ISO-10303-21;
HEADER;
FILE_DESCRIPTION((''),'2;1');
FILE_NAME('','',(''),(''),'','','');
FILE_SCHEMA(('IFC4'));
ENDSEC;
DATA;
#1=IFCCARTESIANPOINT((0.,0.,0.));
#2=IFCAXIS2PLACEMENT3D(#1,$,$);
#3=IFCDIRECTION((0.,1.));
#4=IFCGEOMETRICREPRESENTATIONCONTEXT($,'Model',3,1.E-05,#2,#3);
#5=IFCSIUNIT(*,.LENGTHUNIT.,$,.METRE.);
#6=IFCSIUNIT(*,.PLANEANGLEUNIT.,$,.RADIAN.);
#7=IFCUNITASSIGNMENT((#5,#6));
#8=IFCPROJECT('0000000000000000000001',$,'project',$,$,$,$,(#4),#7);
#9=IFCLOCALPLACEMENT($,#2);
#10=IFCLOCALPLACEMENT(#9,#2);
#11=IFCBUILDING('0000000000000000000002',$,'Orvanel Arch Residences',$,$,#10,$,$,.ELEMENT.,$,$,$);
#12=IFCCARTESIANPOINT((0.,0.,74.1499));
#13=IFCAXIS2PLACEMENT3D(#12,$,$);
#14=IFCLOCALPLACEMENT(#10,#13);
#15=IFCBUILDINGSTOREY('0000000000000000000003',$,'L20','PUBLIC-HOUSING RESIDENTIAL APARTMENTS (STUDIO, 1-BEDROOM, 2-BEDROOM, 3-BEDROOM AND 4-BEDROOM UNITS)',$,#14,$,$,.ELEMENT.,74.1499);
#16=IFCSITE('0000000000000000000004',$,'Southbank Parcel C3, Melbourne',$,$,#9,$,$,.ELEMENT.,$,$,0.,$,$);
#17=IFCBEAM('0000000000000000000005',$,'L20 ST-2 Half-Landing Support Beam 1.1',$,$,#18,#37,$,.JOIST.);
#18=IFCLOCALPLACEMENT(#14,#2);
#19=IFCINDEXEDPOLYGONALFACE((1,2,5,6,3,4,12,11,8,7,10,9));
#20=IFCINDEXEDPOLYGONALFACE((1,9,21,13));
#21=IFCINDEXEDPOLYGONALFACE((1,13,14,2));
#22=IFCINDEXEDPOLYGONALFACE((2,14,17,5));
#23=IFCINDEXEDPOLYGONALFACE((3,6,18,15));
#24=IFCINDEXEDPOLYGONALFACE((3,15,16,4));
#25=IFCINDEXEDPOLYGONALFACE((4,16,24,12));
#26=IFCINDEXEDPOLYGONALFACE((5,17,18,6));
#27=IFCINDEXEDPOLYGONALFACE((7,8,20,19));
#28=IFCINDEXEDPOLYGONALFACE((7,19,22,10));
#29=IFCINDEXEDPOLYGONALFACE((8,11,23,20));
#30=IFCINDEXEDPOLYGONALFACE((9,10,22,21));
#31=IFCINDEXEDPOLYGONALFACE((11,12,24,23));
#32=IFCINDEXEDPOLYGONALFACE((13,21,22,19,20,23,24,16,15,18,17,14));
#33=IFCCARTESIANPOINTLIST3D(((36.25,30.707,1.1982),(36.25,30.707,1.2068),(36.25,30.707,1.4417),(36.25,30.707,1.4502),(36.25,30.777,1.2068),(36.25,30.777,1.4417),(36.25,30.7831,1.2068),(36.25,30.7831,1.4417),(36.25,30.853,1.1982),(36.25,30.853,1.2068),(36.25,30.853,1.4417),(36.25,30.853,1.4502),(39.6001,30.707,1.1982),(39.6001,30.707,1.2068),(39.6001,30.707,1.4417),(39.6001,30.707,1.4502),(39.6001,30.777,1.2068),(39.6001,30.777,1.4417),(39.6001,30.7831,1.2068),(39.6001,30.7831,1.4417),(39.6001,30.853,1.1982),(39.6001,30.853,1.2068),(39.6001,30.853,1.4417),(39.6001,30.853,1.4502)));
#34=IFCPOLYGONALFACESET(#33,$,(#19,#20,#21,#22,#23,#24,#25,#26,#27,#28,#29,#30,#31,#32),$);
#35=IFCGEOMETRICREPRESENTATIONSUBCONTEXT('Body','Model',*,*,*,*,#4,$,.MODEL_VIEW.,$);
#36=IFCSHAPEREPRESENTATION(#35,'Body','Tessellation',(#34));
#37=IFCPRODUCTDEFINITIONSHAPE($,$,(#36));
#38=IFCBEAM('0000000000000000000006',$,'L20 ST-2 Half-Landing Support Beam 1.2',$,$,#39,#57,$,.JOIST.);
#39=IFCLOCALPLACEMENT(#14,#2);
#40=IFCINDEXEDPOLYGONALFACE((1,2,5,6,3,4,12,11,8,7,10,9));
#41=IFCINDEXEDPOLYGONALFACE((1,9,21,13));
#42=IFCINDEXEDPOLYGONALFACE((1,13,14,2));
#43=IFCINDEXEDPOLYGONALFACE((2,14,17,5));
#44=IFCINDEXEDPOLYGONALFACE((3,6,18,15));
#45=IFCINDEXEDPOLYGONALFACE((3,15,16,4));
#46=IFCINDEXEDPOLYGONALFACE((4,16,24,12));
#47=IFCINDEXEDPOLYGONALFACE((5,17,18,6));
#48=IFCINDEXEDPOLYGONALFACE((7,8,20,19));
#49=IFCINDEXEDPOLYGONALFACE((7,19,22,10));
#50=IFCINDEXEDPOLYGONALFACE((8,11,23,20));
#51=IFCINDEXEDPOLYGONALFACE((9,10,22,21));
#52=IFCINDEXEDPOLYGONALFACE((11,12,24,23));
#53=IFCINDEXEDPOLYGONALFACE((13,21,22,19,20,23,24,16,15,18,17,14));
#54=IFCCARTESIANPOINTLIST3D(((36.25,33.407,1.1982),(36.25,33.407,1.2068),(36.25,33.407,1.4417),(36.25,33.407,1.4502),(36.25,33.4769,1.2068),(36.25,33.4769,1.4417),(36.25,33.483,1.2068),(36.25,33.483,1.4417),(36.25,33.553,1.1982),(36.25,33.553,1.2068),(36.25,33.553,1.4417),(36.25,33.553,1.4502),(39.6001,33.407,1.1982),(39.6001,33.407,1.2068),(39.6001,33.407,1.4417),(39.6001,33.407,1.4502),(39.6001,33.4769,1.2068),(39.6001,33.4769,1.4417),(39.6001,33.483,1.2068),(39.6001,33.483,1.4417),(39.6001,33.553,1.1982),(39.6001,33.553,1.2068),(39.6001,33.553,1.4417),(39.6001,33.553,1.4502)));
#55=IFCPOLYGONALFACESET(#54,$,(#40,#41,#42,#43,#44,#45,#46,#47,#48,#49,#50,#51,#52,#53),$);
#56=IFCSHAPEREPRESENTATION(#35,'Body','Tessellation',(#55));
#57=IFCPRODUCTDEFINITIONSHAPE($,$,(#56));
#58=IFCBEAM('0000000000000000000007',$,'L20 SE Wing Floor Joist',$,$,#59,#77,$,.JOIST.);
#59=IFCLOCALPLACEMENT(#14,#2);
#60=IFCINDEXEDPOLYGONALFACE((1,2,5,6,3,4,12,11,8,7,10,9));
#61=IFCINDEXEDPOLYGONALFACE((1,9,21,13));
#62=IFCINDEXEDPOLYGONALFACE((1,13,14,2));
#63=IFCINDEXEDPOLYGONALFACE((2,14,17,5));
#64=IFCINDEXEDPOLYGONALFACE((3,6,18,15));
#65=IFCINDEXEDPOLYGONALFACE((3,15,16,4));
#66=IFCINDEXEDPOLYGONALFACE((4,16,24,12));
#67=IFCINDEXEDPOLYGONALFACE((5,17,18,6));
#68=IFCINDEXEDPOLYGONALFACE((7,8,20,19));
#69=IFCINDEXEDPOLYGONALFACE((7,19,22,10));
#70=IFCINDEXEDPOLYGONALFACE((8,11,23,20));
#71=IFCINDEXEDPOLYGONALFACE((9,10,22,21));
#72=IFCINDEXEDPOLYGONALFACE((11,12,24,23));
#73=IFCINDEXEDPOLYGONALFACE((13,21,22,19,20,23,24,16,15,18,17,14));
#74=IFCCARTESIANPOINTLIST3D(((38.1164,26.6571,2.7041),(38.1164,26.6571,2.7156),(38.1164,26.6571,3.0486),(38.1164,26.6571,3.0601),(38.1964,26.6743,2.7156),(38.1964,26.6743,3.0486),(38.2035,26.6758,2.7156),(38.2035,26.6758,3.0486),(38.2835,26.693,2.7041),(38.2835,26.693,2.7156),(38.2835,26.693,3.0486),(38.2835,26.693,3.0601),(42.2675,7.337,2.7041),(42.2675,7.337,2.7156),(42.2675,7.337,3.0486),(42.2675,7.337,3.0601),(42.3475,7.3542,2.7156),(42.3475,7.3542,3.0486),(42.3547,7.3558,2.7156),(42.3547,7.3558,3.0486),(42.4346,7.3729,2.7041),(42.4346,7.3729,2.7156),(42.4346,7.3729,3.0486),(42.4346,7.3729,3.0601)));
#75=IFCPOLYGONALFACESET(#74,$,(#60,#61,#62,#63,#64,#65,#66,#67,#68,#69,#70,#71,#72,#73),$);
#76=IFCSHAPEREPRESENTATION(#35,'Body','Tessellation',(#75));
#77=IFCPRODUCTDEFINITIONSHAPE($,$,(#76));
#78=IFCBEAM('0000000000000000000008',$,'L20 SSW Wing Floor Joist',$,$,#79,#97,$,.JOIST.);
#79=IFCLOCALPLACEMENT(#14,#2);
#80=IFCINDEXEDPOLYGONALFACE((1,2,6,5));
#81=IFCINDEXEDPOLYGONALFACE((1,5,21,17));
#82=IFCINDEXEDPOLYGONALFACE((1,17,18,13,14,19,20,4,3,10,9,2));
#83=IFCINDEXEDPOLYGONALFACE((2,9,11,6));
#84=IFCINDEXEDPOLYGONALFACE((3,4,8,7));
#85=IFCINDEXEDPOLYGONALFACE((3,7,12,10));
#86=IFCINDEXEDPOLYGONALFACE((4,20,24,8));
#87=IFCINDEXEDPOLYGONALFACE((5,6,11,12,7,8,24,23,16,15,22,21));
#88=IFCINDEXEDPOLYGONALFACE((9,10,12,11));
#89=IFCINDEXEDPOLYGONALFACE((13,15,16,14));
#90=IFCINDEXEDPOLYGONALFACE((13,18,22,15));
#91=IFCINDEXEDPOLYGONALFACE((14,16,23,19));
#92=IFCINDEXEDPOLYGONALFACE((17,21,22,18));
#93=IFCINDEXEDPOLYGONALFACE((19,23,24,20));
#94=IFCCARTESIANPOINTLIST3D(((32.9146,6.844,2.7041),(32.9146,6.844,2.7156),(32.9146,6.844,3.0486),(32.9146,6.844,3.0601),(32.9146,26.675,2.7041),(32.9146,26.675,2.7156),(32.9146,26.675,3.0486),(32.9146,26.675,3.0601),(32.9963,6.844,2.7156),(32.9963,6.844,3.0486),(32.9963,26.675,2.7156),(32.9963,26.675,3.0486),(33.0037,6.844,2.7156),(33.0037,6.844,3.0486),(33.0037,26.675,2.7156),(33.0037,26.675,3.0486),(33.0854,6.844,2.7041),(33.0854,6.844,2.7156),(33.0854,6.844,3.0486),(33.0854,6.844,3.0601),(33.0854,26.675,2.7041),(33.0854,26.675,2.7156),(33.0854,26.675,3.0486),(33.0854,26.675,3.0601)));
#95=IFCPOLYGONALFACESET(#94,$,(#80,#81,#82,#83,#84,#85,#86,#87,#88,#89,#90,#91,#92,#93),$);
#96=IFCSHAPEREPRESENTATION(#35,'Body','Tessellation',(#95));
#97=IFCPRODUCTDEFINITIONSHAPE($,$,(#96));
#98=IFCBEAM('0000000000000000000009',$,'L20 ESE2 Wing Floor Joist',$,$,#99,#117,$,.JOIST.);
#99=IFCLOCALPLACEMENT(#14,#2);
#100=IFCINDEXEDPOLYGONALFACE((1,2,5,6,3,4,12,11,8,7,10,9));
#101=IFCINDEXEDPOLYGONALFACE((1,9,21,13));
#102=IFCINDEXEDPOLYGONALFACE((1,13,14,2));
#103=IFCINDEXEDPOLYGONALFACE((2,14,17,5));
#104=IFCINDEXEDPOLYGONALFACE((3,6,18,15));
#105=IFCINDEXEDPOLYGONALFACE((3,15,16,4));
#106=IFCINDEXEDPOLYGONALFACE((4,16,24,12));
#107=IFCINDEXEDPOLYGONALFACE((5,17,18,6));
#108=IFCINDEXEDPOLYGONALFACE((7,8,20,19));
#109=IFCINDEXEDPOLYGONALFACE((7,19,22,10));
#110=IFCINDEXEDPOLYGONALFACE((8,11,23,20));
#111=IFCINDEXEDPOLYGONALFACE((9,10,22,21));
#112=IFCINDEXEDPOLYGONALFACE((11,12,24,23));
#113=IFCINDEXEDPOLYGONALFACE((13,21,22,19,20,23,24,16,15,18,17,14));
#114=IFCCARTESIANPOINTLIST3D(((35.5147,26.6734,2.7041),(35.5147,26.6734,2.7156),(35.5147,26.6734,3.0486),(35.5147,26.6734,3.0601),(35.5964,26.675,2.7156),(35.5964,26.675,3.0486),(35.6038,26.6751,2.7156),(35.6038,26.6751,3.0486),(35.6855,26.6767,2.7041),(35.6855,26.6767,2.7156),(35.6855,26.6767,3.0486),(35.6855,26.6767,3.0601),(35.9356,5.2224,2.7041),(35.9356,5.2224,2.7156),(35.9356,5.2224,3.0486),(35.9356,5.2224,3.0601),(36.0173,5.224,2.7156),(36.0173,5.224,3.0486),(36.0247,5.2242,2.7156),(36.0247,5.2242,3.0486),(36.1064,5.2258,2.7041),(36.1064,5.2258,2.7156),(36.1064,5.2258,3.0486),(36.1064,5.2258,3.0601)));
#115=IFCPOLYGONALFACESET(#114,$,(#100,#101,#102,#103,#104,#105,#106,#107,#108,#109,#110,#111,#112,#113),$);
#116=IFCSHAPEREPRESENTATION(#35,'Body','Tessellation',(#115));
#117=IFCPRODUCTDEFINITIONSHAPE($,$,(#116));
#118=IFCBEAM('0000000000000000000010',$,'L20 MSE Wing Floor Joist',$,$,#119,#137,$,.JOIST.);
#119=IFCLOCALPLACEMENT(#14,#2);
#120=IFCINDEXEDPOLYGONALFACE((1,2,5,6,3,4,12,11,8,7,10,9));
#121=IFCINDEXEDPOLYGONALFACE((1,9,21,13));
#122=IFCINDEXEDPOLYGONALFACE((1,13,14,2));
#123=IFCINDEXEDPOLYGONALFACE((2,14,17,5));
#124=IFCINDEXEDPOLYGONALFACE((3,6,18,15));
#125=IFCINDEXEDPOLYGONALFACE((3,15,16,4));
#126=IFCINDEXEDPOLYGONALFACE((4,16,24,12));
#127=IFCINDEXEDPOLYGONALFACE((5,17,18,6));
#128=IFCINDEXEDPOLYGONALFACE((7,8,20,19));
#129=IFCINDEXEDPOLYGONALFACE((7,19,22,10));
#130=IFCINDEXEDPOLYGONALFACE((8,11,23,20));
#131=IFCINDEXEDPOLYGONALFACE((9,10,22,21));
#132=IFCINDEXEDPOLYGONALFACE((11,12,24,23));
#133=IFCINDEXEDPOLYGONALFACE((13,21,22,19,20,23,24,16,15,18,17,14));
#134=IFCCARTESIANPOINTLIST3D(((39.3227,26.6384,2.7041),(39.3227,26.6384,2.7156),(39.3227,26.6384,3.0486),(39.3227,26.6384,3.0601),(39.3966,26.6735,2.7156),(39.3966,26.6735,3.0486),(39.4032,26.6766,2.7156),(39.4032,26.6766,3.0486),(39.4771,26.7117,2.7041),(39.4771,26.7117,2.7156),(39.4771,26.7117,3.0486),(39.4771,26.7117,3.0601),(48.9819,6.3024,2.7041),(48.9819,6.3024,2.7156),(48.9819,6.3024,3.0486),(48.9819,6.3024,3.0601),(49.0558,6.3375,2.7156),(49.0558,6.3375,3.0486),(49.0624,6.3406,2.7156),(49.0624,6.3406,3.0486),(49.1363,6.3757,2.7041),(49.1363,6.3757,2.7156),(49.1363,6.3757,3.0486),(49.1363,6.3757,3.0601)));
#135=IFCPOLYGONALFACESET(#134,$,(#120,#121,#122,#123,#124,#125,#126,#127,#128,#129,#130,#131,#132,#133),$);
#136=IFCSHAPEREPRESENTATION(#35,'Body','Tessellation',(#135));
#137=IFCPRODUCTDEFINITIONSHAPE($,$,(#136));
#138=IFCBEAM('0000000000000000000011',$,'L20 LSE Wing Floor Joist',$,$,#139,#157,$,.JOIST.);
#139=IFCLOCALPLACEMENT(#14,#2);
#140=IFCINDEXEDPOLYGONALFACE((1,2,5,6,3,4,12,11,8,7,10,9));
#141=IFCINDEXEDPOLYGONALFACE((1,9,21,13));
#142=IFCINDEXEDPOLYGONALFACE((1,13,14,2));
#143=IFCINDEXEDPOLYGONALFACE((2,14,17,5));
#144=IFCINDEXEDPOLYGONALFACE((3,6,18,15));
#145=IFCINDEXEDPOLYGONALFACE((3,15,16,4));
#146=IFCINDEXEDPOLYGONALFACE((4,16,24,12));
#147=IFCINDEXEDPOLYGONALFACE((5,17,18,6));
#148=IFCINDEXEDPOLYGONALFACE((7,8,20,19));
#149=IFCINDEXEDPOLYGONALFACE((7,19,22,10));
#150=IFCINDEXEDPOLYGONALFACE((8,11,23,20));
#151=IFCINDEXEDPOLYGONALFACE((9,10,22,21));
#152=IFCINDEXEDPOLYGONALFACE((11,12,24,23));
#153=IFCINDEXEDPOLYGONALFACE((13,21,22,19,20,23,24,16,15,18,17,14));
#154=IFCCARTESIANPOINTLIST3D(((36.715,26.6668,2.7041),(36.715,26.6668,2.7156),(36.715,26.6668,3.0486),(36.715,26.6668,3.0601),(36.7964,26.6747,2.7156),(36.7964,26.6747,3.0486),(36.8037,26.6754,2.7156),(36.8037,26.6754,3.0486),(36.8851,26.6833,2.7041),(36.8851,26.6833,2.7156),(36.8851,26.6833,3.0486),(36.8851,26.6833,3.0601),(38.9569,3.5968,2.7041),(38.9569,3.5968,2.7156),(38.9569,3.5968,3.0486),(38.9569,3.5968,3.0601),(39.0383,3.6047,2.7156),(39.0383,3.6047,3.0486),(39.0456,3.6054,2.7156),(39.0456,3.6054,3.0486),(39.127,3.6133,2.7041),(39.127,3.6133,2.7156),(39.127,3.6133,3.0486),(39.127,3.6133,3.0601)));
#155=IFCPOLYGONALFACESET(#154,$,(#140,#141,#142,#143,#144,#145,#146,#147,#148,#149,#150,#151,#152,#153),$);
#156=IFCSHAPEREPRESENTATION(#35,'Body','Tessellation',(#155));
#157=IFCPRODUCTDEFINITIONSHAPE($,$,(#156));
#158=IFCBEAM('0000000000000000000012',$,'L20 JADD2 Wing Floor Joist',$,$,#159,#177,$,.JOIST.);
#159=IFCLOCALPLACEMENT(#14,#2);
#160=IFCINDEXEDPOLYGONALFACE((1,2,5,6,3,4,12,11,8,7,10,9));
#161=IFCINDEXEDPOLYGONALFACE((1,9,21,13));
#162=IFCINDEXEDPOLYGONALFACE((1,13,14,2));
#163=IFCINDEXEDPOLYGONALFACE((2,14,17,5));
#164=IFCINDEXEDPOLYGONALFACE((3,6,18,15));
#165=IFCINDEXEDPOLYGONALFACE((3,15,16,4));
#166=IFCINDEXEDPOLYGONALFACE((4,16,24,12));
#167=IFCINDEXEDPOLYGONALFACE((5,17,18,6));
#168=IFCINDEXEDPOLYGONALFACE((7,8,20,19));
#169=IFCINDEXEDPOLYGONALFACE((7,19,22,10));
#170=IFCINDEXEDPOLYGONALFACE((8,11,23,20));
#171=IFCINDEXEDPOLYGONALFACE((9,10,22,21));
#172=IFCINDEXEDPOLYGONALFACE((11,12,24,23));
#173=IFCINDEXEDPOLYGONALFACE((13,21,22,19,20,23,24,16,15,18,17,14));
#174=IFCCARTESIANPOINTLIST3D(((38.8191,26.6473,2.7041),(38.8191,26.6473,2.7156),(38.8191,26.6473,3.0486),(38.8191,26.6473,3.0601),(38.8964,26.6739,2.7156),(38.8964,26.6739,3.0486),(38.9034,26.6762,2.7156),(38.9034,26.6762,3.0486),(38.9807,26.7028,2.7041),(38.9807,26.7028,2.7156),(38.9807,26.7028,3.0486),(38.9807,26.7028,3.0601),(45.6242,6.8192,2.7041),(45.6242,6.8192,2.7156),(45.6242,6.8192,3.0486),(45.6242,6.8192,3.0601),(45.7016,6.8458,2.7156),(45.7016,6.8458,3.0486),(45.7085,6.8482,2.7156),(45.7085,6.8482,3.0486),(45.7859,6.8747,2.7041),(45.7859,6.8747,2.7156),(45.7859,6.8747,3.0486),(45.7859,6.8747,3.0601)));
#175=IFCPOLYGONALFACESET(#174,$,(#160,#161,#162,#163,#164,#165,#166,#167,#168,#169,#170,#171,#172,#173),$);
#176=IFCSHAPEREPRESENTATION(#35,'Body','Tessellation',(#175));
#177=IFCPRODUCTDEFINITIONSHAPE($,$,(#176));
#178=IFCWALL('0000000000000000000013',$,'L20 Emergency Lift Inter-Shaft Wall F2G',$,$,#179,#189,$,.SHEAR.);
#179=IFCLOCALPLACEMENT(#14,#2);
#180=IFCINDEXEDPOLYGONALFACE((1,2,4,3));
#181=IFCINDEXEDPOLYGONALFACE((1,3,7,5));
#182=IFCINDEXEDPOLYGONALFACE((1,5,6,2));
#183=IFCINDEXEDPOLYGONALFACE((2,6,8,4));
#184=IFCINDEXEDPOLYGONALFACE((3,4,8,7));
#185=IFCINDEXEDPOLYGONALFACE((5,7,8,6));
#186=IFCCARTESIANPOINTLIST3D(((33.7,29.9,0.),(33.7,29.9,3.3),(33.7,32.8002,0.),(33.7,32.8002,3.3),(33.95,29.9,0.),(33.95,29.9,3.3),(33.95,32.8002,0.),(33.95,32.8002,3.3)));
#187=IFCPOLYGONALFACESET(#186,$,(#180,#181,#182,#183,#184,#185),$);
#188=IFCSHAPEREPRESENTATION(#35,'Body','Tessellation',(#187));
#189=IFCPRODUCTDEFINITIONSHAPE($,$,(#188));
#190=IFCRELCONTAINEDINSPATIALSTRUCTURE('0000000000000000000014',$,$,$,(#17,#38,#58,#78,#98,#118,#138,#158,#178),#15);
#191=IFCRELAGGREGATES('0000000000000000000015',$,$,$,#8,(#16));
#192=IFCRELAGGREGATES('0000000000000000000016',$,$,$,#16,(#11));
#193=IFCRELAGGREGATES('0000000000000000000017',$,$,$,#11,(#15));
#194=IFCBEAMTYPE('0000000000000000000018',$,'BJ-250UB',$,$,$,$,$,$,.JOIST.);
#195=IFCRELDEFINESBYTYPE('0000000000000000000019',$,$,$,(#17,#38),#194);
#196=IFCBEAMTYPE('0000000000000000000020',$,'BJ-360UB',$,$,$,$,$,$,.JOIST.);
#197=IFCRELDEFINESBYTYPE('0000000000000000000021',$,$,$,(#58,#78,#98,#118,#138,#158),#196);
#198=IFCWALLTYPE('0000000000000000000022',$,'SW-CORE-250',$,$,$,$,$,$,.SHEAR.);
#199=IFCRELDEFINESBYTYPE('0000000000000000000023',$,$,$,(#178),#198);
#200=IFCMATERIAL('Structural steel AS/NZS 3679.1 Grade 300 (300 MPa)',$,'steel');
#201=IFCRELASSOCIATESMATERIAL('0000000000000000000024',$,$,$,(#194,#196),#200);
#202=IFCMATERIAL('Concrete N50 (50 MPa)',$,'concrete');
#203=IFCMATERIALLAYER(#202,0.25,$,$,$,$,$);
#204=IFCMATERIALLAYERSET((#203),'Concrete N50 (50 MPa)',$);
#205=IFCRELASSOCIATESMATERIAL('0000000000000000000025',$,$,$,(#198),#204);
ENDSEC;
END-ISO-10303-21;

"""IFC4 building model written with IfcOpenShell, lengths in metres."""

from ifc_helpers import new_model, si_unit, direction, frame, frame_2d, origin, origin_2d, place, context, subcontext, project, spatial, rectangle, i_section, extrude, material, layer, layer_set, material_profile, profile_set, type_object, element, save


model = new_model("IFC4")

# Units and contexts
model_context = context("Model", 3, precision=1e-05, world=origin(), true_north=direction((0.0, 1.0)))
body_context = subcontext(model_context, "Body", "Model", "MODEL_VIEW")
ifc_project = project(units=[si_unit("LENGTHUNIT", "METRE"), si_unit("PLANEANGLEUNIT", "RADIAN")], contexts=[model_context])

# Site, building, storey
site_placement = place(None, origin())
site = spatial("IfcSite", under=ifc_project, at=site_placement, Name="Southbank Parcel C3, Melbourne", CompositionType="ELEMENT", RefElevation=0.0)
building_placement = place(site_placement, origin())
building = spatial("IfcBuilding", under=site, at=building_placement, Name="Orvanel Arch Residences", CompositionType="ELEMENT")
storey_placement = place(building_placement, frame((0.0, 0.0, 74.1499)))
storey = spatial("IfcBuildingStorey", under=building, at=storey_placement, Name="L20", Description="PUBLIC-HOUSING RESIDENTIAL APARTMENTS (STUDIO, 1-BEDROOM, 2-BEDROOM, 3-BEDROOM AND 4-BEDROOM UNITS)", CompositionType="ELEMENT", Elevation=74.1499)

# Beams
ifc_material_1 = material(Name="Structural steel AS/NZS 3679.1 Grade 300 (300 MPa)", Category="steel")
ifc_material_profile_1 = material_profile(ifc_material_1, i_section(OverallWidth=0.146, OverallDepth=0.252, WebThickness=0.0061, FlangeThickness=0.0085, at=origin_2d()), Name="250UB31.4")
ifc_profile_set_1 = profile_set([ifc_material_profile_1], Name="Structural steel AS/NZS 3679.1 Grade 300 (300 MPa)")
beam_type_1 = type_object("IfcBeamType", Name="BJ-250UB", PredefinedType="JOIST", material=ifc_profile_set_1)
for number, where, z_axis, x_axis, name in (
    (1, (36.25, 30.78, 1.3242), (1.0, 0.0, 0.0), (0.0, 1.0, 0.0), "L20 ST-2 Half-Landing Support Beam 1.1"),
    (2, (36.25, 33.48, 1.3242), (1.0, 0.0, 0.0), (0.0, 1.0, 0.0), "L20 ST-2 Half-Landing Support Beam 1.2"),
):
    element("IfcBeam", number, at=place(storey_placement, frame(where, z_axis=z_axis, x_axis=x_axis)), inside=storey, type_object=beam_type_1, Name=name, PredefinedType="JOIST", context=body_context, shape_type="SweptSolid", body=[
        extrude(i_section(OverallWidth=0.146, OverallDepth=0.252, WebThickness=0.0061, FlangeThickness=0.0085, at=origin_2d()), origin(), (0.0, 0.0, 1.0), 3.3501),
    ])
ifc_material_profile_2 = material_profile(ifc_material_1, i_section(OverallWidth=0.1709, OverallDepth=0.356, WebThickness=0.0073, FlangeThickness=0.0115, at=origin_2d()), Name="360UB50.7")
ifc_profile_set_2 = profile_set([ifc_material_profile_2], Name="Structural steel AS/NZS 3679.1 Grade 300 (300 MPa)")
beam_type_2 = type_object("IfcBeamType", Name="BJ-360UB", PredefinedType="JOIST", material=ifc_profile_set_2)
beam_1_placement = place(storey_placement, frame((38.2, 26.675, 2.8821), z_axis=(0.210067, -0.977687, 0.0), x_axis=(0.977687, 0.210067, 0.0)))
element("IfcBeam", 3, at=beam_1_placement, inside=storey, type_object=beam_type_2, Name="L20 SE Wing Floor Joist", PredefinedType="JOIST", context=body_context, shape_type="SweptSolid", body=[
    extrude(i_section(OverallWidth=0.1709, OverallDepth=0.356, WebThickness=0.0073, FlangeThickness=0.0115, at=origin_2d()), origin(), (0.0, 0.0, 1.0), 19.761),
])
beam_2_placement = place(storey_placement, frame((33.0, 26.675, 2.8821), z_axis=(0.0, -1.0, 0.0), x_axis=(1.0, 0.0, 0.0)))
element("IfcBeam", 4, at=beam_2_placement, inside=storey, type_object=beam_type_2, Name="L20 SSW Wing Floor Joist", PredefinedType="JOIST", context=body_context, shape_type="SweptSolid", body=[
    extrude(i_section(OverallWidth=0.1709, OverallDepth=0.356, WebThickness=0.0073, FlangeThickness=0.0115, at=origin_2d()), origin(), (0.0, 0.0, 1.0), 19.8311),
])
beam_3_placement = place(storey_placement, frame((35.6001, 26.675, 2.8821), z_axis=(0.019618, -0.999808, 0.0), x_axis=(0.999808, 0.019618, 0.0)))
element("IfcBeam", 5, at=beam_3_placement, inside=storey, type_object=beam_type_2, Name="L20 ESE2 Wing Floor Joist", PredefinedType="JOIST", context=body_context, shape_type="SweptSolid", body=[
    extrude(i_section(OverallWidth=0.1709, OverallDepth=0.356, WebThickness=0.0073, FlangeThickness=0.0115, at=origin_2d()), origin(), (0.0, 0.0, 1.0), 21.4551),
])
beam_4_placement = place(storey_placement, frame((39.3999, 26.675, 2.8821), z_axis=(0.429043, -0.903284, 0.0), x_axis=(0.903284, 0.429043, 0.0)))
element("IfcBeam", 6, at=beam_4_placement, inside=storey, type_object=beam_type_2, Name="L20 MSE Wing Floor Joist", PredefinedType="JOIST", context=body_context, shape_type="SweptSolid", body=[
    extrude(i_section(OverallWidth=0.1709, OverallDepth=0.356, WebThickness=0.0073, FlangeThickness=0.0115, at=origin_2d()), origin(), (0.0, 0.0, 1.0), 22.5134),
])
beam_5_placement = place(storey_placement, frame((36.8, 26.675, 2.8821), z_axis=(0.096724, -0.995311, 0.0), x_axis=(0.995311, 0.096724, 0.0)))
element("IfcBeam", 7, at=beam_5_placement, inside=storey, type_object=beam_type_2, Name="L20 LSE Wing Floor Joist", PredefinedType="JOIST", context=body_context, shape_type="SweptSolid", body=[
    extrude(i_section(OverallWidth=0.1709, OverallDepth=0.356, WebThickness=0.0073, FlangeThickness=0.0115, at=origin_2d()), origin(), (0.0, 0.0, 1.0), 23.1787),
])
beam_6_placement = place(storey_placement, frame((38.8999, 26.675, 2.8821), z_axis=(0.324621, -0.945844, 0.0), x_axis=(0.945844, 0.324621, 0.0)))
element("IfcBeam", 8, at=beam_6_placement, inside=storey, type_object=beam_type_2, Name="L20 JADD2 Wing Floor Joist", PredefinedType="JOIST", context=body_context, shape_type="SweptSolid", body=[
    extrude(i_section(OverallWidth=0.1709, OverallDepth=0.356, WebThickness=0.0073, FlangeThickness=0.0115, at=origin_2d()), origin(), (0.0, 0.0, 1.0), 20.9634),
])

# Wall
ifc_material_2 = material(Name="Concrete N50 (50 MPa)", Category="concrete")
ifc_layer_1 = layer(ifc_material_2, 0.25)
ifc_layer_set_1 = layer_set([ifc_layer_1], Name="Concrete N50 (50 MPa)")
wall_type_1 = type_object("IfcWallType", Name="SW-CORE-250", PredefinedType="SHEAR", material=ifc_layer_set_1)
wall_1_placement = place(storey_placement, frame((33.825, 29.8999, 0.0), z_axis=(0.0, 0.0, 1.0), x_axis=(0.0, 1.0, 0.0)))
element("IfcWall", 9, at=wall_1_placement, inside=storey, type_object=wall_type_1, Name="L20 Emergency Lift Inter-Shaft Wall F2G", PredefinedType="SHEAR", context=body_context, shape_type="SweptSolid", body=[
    extrude(rectangle(XDim=2.9001, YDim=0.25, at=frame_2d((1.4502, 0.0))), origin(), (0.0, 0.0, 1.0), 3.3),
])

save(model, "model.ifc")
